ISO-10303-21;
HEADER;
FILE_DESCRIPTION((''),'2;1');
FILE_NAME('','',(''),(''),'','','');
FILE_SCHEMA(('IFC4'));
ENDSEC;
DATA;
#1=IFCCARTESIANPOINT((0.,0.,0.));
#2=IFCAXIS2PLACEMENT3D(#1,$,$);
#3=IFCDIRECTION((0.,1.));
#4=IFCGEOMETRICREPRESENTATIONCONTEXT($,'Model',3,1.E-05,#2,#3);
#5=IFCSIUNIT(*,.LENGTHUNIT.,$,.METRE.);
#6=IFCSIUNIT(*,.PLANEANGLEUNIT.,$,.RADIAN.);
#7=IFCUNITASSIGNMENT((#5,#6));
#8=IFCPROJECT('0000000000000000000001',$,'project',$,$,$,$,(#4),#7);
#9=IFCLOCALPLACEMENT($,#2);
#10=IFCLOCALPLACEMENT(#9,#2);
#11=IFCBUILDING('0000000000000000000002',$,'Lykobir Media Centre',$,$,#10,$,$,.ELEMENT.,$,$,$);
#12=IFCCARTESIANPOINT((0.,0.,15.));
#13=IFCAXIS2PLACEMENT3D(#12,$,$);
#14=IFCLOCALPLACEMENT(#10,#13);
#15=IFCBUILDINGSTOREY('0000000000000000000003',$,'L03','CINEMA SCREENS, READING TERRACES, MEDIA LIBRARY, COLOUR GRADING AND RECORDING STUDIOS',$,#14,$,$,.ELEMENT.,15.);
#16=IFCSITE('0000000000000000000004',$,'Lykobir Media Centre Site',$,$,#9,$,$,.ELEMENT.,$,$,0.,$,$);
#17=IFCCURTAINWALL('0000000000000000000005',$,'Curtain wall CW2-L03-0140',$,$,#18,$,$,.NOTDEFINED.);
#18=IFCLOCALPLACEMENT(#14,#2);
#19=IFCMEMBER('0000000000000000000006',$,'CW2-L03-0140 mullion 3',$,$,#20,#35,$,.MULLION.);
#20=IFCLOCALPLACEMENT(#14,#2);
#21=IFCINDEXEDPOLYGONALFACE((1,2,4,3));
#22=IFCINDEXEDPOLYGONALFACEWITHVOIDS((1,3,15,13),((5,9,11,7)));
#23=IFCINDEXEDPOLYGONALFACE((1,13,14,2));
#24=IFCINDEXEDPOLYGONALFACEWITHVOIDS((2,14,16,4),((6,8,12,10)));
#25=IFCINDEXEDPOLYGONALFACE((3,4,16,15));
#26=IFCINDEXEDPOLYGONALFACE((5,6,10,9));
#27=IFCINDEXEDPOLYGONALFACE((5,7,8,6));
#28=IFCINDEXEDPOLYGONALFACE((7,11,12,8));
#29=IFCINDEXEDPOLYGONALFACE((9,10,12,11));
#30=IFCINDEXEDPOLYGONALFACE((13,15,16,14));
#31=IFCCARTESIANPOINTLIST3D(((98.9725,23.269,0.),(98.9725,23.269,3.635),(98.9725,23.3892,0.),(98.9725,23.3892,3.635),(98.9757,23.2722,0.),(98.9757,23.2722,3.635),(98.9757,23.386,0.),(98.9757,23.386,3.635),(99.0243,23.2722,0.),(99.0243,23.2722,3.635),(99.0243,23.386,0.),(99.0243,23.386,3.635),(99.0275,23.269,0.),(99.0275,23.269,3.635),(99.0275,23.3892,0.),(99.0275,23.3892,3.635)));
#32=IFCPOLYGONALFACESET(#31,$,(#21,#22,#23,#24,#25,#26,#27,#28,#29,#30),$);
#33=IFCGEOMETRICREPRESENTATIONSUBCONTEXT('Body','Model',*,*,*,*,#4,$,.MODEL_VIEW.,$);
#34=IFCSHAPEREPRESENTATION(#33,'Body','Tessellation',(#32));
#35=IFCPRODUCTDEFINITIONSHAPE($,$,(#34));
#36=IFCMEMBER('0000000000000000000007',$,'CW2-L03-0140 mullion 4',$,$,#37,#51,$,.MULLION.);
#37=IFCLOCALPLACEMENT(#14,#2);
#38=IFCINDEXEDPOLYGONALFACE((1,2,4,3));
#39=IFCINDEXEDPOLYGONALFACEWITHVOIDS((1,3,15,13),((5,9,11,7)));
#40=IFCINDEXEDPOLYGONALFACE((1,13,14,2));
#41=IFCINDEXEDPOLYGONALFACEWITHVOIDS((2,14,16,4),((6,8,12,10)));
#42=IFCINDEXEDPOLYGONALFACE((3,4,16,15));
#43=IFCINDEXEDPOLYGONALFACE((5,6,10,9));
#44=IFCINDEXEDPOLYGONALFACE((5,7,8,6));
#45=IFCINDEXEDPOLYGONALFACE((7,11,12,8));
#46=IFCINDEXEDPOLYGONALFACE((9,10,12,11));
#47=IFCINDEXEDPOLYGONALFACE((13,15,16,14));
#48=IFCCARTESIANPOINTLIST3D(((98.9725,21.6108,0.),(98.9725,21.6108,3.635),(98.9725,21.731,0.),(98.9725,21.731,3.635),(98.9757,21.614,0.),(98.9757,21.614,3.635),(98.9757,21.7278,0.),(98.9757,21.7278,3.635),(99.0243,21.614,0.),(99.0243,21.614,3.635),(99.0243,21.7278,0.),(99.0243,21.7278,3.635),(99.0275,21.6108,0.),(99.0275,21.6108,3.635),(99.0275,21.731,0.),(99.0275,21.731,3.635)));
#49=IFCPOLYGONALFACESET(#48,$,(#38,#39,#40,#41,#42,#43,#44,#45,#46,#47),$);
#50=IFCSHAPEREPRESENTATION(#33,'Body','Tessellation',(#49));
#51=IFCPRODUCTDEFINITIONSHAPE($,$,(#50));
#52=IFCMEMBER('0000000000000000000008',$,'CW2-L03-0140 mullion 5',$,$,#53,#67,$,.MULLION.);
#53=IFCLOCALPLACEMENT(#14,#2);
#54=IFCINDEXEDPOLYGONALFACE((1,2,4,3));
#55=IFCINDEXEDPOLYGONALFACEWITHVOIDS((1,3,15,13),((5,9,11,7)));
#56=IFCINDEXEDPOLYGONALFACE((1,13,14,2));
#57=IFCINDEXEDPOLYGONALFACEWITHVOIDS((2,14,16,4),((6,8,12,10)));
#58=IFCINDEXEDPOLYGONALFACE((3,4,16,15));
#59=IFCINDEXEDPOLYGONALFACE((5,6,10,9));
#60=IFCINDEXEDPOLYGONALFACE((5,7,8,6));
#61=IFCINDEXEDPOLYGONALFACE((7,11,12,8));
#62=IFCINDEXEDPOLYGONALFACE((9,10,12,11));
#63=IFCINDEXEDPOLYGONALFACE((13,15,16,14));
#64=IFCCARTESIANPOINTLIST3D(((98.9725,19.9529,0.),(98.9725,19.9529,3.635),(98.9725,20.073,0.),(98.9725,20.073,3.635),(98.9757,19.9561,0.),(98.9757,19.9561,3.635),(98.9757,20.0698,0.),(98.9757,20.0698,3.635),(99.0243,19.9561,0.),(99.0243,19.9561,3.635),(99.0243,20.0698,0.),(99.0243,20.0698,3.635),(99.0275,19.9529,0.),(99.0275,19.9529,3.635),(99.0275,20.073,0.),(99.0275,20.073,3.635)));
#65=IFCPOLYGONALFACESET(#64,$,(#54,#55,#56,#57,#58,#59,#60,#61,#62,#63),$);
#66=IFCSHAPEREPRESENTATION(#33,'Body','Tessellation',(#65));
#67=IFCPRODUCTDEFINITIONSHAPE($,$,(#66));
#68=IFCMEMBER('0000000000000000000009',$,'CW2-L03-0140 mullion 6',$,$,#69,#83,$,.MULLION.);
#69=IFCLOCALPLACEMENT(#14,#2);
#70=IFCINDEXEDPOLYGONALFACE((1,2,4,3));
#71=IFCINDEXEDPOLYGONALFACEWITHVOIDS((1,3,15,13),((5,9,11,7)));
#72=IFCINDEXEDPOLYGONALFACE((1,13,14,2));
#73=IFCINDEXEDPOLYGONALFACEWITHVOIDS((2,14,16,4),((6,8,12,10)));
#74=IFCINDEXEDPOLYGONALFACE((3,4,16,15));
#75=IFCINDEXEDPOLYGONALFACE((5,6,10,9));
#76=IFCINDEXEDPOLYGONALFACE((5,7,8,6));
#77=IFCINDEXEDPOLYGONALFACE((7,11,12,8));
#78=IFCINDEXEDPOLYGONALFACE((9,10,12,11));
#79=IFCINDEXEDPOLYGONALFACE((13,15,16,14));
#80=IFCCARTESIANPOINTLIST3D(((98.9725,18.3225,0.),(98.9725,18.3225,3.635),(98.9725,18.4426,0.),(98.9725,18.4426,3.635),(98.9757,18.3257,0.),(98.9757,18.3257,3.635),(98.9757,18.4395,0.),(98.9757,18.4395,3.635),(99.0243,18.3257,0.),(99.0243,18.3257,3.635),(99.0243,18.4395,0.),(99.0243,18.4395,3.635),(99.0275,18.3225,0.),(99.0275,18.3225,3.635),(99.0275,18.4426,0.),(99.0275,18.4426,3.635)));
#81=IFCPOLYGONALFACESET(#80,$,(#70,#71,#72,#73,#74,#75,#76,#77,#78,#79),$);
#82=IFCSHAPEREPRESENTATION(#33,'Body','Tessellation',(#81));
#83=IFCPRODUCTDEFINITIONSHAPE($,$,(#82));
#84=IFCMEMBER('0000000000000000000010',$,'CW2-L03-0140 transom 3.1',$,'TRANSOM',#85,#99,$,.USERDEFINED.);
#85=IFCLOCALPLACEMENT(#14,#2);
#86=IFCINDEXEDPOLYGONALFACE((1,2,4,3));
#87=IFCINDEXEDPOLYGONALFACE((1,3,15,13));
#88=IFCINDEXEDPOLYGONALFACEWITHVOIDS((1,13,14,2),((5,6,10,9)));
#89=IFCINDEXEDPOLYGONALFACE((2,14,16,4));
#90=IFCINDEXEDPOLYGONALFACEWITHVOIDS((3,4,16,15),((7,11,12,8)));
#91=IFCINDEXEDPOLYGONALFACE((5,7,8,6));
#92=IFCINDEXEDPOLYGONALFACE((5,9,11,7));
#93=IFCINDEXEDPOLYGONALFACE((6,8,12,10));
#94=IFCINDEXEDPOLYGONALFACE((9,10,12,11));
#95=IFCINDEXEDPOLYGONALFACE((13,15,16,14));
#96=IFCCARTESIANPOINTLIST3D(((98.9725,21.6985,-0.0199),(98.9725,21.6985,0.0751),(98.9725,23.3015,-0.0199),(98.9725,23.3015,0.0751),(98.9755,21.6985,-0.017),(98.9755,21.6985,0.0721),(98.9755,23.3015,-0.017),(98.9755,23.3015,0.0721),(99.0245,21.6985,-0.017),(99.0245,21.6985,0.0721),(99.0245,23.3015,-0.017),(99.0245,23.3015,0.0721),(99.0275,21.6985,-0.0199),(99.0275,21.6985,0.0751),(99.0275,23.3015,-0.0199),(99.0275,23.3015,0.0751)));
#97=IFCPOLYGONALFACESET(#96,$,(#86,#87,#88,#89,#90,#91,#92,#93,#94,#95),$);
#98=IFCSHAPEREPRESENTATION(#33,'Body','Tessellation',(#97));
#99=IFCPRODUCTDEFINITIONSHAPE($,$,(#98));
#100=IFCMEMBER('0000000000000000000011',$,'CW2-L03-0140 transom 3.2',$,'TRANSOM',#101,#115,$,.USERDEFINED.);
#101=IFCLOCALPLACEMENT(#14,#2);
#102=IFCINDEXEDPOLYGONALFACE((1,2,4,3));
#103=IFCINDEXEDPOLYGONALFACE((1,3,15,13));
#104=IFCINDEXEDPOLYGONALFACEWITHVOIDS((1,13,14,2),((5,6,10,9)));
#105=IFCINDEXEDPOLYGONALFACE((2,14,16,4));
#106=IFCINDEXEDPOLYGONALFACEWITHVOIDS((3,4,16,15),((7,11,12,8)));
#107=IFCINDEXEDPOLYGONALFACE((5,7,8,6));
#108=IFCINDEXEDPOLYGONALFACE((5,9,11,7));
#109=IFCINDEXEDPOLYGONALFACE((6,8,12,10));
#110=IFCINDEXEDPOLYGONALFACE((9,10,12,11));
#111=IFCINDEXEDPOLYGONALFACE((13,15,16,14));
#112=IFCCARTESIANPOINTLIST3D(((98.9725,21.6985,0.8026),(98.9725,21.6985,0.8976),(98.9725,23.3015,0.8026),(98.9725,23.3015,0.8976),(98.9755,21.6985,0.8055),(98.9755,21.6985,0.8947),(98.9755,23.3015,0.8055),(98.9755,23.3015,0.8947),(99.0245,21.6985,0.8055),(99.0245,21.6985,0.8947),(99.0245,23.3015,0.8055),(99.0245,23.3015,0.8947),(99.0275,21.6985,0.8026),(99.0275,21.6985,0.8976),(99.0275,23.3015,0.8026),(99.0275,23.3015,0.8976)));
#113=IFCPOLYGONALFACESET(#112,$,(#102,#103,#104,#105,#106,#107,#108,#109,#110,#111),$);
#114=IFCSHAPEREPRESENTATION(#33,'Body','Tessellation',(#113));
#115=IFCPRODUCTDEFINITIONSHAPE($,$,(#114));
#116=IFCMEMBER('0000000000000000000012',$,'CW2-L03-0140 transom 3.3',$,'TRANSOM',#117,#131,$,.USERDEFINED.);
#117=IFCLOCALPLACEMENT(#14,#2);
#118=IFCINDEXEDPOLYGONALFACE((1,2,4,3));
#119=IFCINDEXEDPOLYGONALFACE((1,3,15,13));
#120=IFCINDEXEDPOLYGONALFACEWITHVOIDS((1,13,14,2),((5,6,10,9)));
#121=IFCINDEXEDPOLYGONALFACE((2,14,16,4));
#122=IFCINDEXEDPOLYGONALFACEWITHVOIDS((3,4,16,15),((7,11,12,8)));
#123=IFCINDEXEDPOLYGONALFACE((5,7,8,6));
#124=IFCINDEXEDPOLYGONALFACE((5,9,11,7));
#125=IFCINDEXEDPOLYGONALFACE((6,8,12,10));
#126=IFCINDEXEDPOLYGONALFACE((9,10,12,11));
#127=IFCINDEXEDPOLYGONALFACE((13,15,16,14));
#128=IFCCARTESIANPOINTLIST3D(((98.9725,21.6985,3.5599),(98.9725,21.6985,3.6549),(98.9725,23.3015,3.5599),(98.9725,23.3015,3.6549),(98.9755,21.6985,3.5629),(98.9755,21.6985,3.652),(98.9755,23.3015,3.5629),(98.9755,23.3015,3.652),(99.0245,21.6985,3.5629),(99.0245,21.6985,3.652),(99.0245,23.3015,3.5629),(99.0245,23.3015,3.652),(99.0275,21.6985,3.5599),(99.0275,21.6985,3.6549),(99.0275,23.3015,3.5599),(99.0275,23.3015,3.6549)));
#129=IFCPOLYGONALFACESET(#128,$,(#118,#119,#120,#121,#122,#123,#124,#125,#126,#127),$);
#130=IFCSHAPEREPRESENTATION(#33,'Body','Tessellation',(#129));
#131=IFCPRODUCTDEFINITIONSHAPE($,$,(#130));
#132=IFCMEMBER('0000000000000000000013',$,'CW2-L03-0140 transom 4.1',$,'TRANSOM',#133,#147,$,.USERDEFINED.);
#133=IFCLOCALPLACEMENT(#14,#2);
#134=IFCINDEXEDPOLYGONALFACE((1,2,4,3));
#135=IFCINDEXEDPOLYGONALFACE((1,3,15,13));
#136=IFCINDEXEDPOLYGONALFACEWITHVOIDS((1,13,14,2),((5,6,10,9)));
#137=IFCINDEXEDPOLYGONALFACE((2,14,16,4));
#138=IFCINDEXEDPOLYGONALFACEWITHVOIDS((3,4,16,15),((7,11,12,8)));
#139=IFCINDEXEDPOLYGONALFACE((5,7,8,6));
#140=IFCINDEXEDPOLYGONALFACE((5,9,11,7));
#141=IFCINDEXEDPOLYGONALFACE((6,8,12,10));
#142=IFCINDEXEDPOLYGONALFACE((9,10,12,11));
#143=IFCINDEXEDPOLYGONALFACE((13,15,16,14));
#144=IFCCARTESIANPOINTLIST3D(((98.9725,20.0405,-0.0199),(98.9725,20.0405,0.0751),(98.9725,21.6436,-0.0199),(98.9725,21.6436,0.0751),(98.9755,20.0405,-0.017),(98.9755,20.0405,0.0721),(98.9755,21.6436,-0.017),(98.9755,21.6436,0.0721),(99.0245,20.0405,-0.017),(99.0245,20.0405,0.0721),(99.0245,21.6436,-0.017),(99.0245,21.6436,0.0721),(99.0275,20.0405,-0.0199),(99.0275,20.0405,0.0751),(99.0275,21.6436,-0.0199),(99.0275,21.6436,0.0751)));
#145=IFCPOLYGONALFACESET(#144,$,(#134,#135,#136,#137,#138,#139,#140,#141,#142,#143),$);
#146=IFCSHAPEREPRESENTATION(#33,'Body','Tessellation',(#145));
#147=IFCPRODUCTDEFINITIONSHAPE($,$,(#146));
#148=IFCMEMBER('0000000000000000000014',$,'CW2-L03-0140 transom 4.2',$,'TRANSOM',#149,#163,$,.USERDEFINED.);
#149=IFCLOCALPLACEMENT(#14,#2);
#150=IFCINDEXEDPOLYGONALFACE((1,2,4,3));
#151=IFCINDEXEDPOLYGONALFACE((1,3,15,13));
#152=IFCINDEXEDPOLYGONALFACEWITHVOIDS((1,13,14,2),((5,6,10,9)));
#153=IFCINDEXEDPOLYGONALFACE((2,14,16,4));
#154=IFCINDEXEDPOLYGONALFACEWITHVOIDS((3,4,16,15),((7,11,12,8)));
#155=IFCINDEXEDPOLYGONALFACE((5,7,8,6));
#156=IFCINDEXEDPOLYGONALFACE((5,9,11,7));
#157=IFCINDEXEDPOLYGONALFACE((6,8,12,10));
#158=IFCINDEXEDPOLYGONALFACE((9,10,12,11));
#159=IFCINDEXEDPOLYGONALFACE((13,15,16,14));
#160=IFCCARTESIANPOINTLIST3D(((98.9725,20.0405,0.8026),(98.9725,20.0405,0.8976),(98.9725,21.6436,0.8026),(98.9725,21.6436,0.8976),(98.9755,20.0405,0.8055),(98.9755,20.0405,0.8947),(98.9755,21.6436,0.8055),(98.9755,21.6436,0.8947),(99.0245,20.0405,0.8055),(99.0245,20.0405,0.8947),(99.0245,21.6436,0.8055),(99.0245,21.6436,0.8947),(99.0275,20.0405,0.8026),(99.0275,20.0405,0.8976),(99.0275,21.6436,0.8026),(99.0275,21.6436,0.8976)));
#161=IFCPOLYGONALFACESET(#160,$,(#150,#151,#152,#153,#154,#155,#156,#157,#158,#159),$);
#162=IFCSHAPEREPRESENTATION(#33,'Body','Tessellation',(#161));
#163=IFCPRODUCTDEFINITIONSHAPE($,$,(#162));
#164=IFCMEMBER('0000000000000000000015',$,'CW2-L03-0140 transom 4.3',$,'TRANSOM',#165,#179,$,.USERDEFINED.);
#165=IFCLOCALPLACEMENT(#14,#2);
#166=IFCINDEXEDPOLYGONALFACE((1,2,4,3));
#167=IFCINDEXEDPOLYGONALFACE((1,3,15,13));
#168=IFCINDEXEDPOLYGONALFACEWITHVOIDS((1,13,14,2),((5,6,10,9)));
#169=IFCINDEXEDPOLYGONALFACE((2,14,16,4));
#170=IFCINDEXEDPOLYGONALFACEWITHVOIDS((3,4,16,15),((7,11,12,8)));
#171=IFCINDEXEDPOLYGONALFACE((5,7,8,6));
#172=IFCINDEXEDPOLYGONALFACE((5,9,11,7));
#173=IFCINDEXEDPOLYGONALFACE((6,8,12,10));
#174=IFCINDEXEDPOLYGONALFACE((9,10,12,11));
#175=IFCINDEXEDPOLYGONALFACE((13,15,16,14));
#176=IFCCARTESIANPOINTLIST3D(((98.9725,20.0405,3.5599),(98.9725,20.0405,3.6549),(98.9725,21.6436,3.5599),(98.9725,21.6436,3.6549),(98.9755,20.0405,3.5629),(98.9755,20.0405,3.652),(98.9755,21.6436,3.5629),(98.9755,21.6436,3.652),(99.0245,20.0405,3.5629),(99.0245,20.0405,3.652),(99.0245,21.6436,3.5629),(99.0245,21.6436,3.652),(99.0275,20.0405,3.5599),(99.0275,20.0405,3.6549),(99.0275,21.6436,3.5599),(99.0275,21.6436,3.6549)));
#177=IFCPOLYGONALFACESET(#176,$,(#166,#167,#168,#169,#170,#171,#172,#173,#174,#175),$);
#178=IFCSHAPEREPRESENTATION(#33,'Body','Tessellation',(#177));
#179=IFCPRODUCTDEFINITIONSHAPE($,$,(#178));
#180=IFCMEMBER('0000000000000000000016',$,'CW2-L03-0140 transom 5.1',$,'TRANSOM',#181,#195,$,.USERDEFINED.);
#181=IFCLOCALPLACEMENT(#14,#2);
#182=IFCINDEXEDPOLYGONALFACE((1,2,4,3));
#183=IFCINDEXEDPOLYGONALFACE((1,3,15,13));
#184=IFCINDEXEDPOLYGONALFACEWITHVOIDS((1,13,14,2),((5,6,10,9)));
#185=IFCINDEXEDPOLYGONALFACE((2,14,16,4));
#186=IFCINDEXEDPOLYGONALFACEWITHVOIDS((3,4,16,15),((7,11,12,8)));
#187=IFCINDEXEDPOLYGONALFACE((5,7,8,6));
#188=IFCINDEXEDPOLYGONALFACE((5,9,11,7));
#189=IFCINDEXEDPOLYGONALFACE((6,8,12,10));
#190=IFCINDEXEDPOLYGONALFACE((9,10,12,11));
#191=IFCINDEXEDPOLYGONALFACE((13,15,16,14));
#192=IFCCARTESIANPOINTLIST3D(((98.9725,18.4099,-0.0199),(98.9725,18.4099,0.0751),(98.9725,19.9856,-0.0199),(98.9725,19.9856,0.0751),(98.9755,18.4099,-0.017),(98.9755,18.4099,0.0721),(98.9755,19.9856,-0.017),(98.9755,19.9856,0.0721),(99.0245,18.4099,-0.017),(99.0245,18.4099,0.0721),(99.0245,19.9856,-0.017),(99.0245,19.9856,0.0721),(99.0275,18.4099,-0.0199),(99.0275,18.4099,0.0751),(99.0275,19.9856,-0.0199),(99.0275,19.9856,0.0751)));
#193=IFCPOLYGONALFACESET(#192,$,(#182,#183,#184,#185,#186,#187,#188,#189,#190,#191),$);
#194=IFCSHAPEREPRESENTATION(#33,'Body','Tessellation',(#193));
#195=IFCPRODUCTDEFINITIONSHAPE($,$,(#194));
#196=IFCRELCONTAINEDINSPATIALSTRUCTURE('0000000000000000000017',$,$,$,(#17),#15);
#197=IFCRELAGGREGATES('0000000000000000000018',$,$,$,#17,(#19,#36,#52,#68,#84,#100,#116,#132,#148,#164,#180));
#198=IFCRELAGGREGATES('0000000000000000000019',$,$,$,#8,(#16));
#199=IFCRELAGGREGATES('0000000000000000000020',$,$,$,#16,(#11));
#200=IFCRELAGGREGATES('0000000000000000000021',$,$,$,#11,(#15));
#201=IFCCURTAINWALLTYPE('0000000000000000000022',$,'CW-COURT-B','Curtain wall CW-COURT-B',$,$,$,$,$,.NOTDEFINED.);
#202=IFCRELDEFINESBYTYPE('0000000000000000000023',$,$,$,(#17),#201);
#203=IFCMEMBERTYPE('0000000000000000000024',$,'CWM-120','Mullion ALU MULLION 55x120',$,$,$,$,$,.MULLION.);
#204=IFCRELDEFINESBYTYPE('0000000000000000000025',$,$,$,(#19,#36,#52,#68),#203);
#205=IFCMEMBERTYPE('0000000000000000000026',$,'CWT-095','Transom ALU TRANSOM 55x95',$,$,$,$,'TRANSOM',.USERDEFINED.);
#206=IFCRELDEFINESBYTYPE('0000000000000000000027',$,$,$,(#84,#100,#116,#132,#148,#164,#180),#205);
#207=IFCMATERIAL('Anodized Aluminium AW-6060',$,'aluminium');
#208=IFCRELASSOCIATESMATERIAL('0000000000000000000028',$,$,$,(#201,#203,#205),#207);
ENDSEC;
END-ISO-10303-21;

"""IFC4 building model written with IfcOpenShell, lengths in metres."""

from ifc_helpers import new_model, si_unit, direction, frame, origin, origin_2d, place, context, subcontext, project, spatial, hollow_rectangle, extrude, material, material_profile, profile_set, type_object, element, aggregate, save


model = new_model("IFC4")

# Units and contexts
model_context = context("Model", 3, precision=1e-05, world=origin(), true_north=direction((0.0, 1.0)))
body_context = subcontext(model_context, "Body", "Model", "MODEL_VIEW")
ifc_project = project(units=[si_unit("LENGTHUNIT", "METRE"), si_unit("PLANEANGLEUNIT", "RADIAN")], contexts=[model_context])

# Site, building, storey
site_placement = place(None, origin())
site = spatial("IfcSite", under=ifc_project, at=site_placement, Name="Lykobir Media Centre Site", CompositionType="ELEMENT", RefElevation=0.0)
building_placement = place(site_placement, origin())
building = spatial("IfcBuilding", under=site, at=building_placement, Name="Lykobir Media Centre", CompositionType="ELEMENT")
storey_placement = place(building_placement, frame((0.0, 0.0, 15.0)))
storey = spatial("IfcBuildingStorey", under=building, at=storey_placement, Name="L03", Description="CINEMA SCREENS, READING TERRACES, MEDIA LIBRARY, COLOUR GRADING AND RECORDING STUDIOS", CompositionType="ELEMENT", Elevation=15.0)

# Curtain wall, members
ifc_material_1 = material(Name="Anodized Aluminium AW-6060", Category="aluminium")
curtain_wall_type = type_object("IfcCurtainWallType", Name="CW-COURT-B", Description="Curtain wall CW-COURT-B", PredefinedType="NOTDEFINED", material=ifc_material_1)
curtain_wall_placement = place(storey_placement, origin())
curtain_wall = element("IfcCurtainWall", 1, at=curtain_wall_placement, inside=storey, type_object=curtain_wall_type, Name="Curtain wall CW2-L03-0140", PredefinedType="NOTDEFINED")
ifc_material_profile_1 = material_profile(ifc_material_1, hollow_rectangle(XDim=0.0549, YDim=0.1201, WallThickness=0.0032, at=origin_2d()), Name="ALU MULLION 55x120")
ifc_profile_set_1 = profile_set([ifc_material_profile_1], Name="Anodized Aluminium AW-6060")
member_type_1 = type_object("IfcMemberType", Name="CWM-120", Description="Mullion ALU MULLION 55x120", PredefinedType="MULLION", material=ifc_profile_set_1)
member_1_placement = place(storey_placement, frame((99.0, 23.3291, 0.0), z_axis=(0.0, 0.0, 1.0), x_axis=(1.0, 0.0, 0.0)))
member_1 = element("IfcMember", 2, at=member_1_placement, type_object=member_type_1, Name="CW2-L03-0140 mullion 3", PredefinedType="MULLION", context=body_context, shape_type="SweptSolid", body=[
    extrude(hollow_rectangle(XDim=0.0549, YDim=0.1201, WallThickness=0.0032, at=origin_2d()), origin(), (0.0, 0.0, 1.0), 3.635),
])
member_2_placement = place(storey_placement, frame((99.0, 21.6709, 0.0), z_axis=(0.0, 0.0, 1.0), x_axis=(1.0, 0.0, 0.0)))
member_2 = element("IfcMember", 3, at=member_2_placement, type_object=member_type_1, Name="CW2-L03-0140 mullion 4", PredefinedType="MULLION", context=body_context, shape_type="SweptSolid", body=[
    extrude(hollow_rectangle(XDim=0.0549, YDim=0.1201, WallThickness=0.0032, at=origin_2d()), origin(), (0.0, 0.0, 1.0), 3.635),
])
member_3_placement = place(storey_placement, frame((99.0, 20.0129, 0.0), z_axis=(0.0, 0.0, 1.0), x_axis=(1.0, 0.0, 0.0)))
member_3 = element("IfcMember", 4, at=member_3_placement, type_object=member_type_1, Name="CW2-L03-0140 mullion 5", PredefinedType="MULLION", context=body_context, shape_type="SweptSolid", body=[
    extrude(hollow_rectangle(XDim=0.0549, YDim=0.1201, WallThickness=0.0032, at=origin_2d()), origin(), (0.0, 0.0, 1.0), 3.635),
])
member_4_placement = place(storey_placement, frame((99.0, 18.3826, 0.0), z_axis=(0.0, 0.0, 1.0), x_axis=(1.0, 0.0, 0.0)))
member_4 = element("IfcMember", 5, at=member_4_placement, type_object=member_type_1, Name="CW2-L03-0140 mullion 6", PredefinedType="MULLION", context=body_context, shape_type="SweptSolid", body=[
    extrude(hollow_rectangle(XDim=0.0549, YDim=0.1201, WallThickness=0.0032, at=origin_2d()), origin(), (0.0, 0.0, 1.0), 3.635),
])
ifc_material_profile_2 = material_profile(ifc_material_1, hollow_rectangle(XDim=0.0549, YDim=0.095, WallThickness=0.0029, at=origin_2d()), Name="ALU TRANSOM 55x95")
ifc_profile_set_2 = profile_set([ifc_material_profile_2], Name="Anodized Aluminium AW-6060")
member_type_2 = type_object("IfcMemberType", Name="CWT-095", Description="Transom ALU TRANSOM 55x95", ElementType="TRANSOM", PredefinedType="USERDEFINED", material=ifc_profile_set_2)
member_5_placement = place(storey_placement, frame((99.0, 23.3015, 0.0276), z_axis=(0.0, -1.0, 0.0), x_axis=(1.0, 0.0, 0.0)))
member_5 = element("IfcMember", 6, at=member_5_placement, type_object=member_type_2, Name="CW2-L03-0140 transom 3.1", ObjectType="TRANSOM", PredefinedType="USERDEFINED", context=body_context, shape_type="SweptSolid", body=[
    extrude(hollow_rectangle(XDim=0.0549, YDim=0.095, WallThickness=0.0029, at=origin_2d()), origin(), (0.0, 0.0, 1.0), 1.603),
])
member_6_placement = place(storey_placement, frame((99.0, 23.3015, 0.8501), z_axis=(0.0, -1.0, 0.0), x_axis=(1.0, 0.0, 0.0)))
member_6 = element("IfcMember", 7, at=member_6_placement, type_object=member_type_2, Name="CW2-L03-0140 transom 3.2", ObjectType="TRANSOM", PredefinedType="USERDEFINED", context=body_context, shape_type="SweptSolid", body=[
    extrude(hollow_rectangle(XDim=0.0549, YDim=0.095, WallThickness=0.0029, at=origin_2d()), origin(), (0.0, 0.0, 1.0), 1.603),
])
member_7_placement = place(storey_placement, frame((99.0, 23.3015, 3.6074), z_axis=(0.0, -1.0, 0.0), x_axis=(1.0, 0.0, 0.0)))
member_7 = element("IfcMember", 8, at=member_7_placement, type_object=member_type_2, Name="CW2-L03-0140 transom 3.3", ObjectType="TRANSOM", PredefinedType="USERDEFINED", context=body_context, shape_type="SweptSolid", body=[
    extrude(hollow_rectangle(XDim=0.0549, YDim=0.095, WallThickness=0.0029, at=origin_2d()), origin(), (0.0, 0.0, 1.0), 1.603),
])
member_8_placement = place(storey_placement, frame((99.0, 21.6436, 0.0276), z_axis=(0.0, -1.0, 0.0), x_axis=(1.0, 0.0, 0.0)))
member_8 = element("IfcMember", 9, at=member_8_placement, type_object=member_type_2, Name="CW2-L03-0140 transom 4.1", ObjectType="TRANSOM", PredefinedType="USERDEFINED", context=body_context, shape_type="SweptSolid", body=[
    extrude(hollow_rectangle(XDim=0.0549, YDim=0.095, WallThickness=0.0029, at=origin_2d()), origin(), (0.0, 0.0, 1.0), 1.603),
])
member_9_placement = place(storey_placement, frame((99.0, 21.6436, 0.8501), z_axis=(0.0, -1.0, 0.0), x_axis=(1.0, 0.0, 0.0)))
member_9 = element("IfcMember", 10, at=member_9_placement, type_object=member_type_2, Name="CW2-L03-0140 transom 4.2", ObjectType="TRANSOM", PredefinedType="USERDEFINED", context=body_context, shape_type="SweptSolid", body=[
    extrude(hollow_rectangle(XDim=0.0549, YDim=0.095, WallThickness=0.0029, at=origin_2d()), origin(), (0.0, 0.0, 1.0), 1.603),
])
member_10_placement = place(storey_placement, frame((99.0, 21.6436, 3.6074), z_axis=(0.0, -1.0, 0.0), x_axis=(1.0, 0.0, 0.0)))
member_10 = element("IfcMember", 11, at=member_10_placement, type_object=member_type_2, Name="CW2-L03-0140 transom 4.3", ObjectType="TRANSOM", PredefinedType="USERDEFINED", context=body_context, shape_type="SweptSolid", body=[
    extrude(hollow_rectangle(XDim=0.0549, YDim=0.095, WallThickness=0.0029, at=origin_2d()), origin(), (0.0, 0.0, 1.0), 1.603),
])
member_11_placement = place(storey_placement, frame((99.0, 19.9856, 0.0276), z_axis=(0.0, -1.0, 0.0), x_axis=(1.0, 0.0, 0.0)))
member_11 = element("IfcMember", 12, at=member_11_placement, type_object=member_type_2, Name="CW2-L03-0140 transom 5.1", ObjectType="TRANSOM", PredefinedType="USERDEFINED", context=body_context, shape_type="SweptSolid", body=[
    extrude(hollow_rectangle(XDim=0.0549, YDim=0.095, WallThickness=0.0029, at=origin_2d()), origin(), (0.0, 0.0, 1.0), 1.5757),
])
aggregate(curtain_wall, [member_1, member_2, member_3, member_4, member_5, member_6, member_7, member_8, member_9, member_10, member_11])

save(model, "model.ifc")
